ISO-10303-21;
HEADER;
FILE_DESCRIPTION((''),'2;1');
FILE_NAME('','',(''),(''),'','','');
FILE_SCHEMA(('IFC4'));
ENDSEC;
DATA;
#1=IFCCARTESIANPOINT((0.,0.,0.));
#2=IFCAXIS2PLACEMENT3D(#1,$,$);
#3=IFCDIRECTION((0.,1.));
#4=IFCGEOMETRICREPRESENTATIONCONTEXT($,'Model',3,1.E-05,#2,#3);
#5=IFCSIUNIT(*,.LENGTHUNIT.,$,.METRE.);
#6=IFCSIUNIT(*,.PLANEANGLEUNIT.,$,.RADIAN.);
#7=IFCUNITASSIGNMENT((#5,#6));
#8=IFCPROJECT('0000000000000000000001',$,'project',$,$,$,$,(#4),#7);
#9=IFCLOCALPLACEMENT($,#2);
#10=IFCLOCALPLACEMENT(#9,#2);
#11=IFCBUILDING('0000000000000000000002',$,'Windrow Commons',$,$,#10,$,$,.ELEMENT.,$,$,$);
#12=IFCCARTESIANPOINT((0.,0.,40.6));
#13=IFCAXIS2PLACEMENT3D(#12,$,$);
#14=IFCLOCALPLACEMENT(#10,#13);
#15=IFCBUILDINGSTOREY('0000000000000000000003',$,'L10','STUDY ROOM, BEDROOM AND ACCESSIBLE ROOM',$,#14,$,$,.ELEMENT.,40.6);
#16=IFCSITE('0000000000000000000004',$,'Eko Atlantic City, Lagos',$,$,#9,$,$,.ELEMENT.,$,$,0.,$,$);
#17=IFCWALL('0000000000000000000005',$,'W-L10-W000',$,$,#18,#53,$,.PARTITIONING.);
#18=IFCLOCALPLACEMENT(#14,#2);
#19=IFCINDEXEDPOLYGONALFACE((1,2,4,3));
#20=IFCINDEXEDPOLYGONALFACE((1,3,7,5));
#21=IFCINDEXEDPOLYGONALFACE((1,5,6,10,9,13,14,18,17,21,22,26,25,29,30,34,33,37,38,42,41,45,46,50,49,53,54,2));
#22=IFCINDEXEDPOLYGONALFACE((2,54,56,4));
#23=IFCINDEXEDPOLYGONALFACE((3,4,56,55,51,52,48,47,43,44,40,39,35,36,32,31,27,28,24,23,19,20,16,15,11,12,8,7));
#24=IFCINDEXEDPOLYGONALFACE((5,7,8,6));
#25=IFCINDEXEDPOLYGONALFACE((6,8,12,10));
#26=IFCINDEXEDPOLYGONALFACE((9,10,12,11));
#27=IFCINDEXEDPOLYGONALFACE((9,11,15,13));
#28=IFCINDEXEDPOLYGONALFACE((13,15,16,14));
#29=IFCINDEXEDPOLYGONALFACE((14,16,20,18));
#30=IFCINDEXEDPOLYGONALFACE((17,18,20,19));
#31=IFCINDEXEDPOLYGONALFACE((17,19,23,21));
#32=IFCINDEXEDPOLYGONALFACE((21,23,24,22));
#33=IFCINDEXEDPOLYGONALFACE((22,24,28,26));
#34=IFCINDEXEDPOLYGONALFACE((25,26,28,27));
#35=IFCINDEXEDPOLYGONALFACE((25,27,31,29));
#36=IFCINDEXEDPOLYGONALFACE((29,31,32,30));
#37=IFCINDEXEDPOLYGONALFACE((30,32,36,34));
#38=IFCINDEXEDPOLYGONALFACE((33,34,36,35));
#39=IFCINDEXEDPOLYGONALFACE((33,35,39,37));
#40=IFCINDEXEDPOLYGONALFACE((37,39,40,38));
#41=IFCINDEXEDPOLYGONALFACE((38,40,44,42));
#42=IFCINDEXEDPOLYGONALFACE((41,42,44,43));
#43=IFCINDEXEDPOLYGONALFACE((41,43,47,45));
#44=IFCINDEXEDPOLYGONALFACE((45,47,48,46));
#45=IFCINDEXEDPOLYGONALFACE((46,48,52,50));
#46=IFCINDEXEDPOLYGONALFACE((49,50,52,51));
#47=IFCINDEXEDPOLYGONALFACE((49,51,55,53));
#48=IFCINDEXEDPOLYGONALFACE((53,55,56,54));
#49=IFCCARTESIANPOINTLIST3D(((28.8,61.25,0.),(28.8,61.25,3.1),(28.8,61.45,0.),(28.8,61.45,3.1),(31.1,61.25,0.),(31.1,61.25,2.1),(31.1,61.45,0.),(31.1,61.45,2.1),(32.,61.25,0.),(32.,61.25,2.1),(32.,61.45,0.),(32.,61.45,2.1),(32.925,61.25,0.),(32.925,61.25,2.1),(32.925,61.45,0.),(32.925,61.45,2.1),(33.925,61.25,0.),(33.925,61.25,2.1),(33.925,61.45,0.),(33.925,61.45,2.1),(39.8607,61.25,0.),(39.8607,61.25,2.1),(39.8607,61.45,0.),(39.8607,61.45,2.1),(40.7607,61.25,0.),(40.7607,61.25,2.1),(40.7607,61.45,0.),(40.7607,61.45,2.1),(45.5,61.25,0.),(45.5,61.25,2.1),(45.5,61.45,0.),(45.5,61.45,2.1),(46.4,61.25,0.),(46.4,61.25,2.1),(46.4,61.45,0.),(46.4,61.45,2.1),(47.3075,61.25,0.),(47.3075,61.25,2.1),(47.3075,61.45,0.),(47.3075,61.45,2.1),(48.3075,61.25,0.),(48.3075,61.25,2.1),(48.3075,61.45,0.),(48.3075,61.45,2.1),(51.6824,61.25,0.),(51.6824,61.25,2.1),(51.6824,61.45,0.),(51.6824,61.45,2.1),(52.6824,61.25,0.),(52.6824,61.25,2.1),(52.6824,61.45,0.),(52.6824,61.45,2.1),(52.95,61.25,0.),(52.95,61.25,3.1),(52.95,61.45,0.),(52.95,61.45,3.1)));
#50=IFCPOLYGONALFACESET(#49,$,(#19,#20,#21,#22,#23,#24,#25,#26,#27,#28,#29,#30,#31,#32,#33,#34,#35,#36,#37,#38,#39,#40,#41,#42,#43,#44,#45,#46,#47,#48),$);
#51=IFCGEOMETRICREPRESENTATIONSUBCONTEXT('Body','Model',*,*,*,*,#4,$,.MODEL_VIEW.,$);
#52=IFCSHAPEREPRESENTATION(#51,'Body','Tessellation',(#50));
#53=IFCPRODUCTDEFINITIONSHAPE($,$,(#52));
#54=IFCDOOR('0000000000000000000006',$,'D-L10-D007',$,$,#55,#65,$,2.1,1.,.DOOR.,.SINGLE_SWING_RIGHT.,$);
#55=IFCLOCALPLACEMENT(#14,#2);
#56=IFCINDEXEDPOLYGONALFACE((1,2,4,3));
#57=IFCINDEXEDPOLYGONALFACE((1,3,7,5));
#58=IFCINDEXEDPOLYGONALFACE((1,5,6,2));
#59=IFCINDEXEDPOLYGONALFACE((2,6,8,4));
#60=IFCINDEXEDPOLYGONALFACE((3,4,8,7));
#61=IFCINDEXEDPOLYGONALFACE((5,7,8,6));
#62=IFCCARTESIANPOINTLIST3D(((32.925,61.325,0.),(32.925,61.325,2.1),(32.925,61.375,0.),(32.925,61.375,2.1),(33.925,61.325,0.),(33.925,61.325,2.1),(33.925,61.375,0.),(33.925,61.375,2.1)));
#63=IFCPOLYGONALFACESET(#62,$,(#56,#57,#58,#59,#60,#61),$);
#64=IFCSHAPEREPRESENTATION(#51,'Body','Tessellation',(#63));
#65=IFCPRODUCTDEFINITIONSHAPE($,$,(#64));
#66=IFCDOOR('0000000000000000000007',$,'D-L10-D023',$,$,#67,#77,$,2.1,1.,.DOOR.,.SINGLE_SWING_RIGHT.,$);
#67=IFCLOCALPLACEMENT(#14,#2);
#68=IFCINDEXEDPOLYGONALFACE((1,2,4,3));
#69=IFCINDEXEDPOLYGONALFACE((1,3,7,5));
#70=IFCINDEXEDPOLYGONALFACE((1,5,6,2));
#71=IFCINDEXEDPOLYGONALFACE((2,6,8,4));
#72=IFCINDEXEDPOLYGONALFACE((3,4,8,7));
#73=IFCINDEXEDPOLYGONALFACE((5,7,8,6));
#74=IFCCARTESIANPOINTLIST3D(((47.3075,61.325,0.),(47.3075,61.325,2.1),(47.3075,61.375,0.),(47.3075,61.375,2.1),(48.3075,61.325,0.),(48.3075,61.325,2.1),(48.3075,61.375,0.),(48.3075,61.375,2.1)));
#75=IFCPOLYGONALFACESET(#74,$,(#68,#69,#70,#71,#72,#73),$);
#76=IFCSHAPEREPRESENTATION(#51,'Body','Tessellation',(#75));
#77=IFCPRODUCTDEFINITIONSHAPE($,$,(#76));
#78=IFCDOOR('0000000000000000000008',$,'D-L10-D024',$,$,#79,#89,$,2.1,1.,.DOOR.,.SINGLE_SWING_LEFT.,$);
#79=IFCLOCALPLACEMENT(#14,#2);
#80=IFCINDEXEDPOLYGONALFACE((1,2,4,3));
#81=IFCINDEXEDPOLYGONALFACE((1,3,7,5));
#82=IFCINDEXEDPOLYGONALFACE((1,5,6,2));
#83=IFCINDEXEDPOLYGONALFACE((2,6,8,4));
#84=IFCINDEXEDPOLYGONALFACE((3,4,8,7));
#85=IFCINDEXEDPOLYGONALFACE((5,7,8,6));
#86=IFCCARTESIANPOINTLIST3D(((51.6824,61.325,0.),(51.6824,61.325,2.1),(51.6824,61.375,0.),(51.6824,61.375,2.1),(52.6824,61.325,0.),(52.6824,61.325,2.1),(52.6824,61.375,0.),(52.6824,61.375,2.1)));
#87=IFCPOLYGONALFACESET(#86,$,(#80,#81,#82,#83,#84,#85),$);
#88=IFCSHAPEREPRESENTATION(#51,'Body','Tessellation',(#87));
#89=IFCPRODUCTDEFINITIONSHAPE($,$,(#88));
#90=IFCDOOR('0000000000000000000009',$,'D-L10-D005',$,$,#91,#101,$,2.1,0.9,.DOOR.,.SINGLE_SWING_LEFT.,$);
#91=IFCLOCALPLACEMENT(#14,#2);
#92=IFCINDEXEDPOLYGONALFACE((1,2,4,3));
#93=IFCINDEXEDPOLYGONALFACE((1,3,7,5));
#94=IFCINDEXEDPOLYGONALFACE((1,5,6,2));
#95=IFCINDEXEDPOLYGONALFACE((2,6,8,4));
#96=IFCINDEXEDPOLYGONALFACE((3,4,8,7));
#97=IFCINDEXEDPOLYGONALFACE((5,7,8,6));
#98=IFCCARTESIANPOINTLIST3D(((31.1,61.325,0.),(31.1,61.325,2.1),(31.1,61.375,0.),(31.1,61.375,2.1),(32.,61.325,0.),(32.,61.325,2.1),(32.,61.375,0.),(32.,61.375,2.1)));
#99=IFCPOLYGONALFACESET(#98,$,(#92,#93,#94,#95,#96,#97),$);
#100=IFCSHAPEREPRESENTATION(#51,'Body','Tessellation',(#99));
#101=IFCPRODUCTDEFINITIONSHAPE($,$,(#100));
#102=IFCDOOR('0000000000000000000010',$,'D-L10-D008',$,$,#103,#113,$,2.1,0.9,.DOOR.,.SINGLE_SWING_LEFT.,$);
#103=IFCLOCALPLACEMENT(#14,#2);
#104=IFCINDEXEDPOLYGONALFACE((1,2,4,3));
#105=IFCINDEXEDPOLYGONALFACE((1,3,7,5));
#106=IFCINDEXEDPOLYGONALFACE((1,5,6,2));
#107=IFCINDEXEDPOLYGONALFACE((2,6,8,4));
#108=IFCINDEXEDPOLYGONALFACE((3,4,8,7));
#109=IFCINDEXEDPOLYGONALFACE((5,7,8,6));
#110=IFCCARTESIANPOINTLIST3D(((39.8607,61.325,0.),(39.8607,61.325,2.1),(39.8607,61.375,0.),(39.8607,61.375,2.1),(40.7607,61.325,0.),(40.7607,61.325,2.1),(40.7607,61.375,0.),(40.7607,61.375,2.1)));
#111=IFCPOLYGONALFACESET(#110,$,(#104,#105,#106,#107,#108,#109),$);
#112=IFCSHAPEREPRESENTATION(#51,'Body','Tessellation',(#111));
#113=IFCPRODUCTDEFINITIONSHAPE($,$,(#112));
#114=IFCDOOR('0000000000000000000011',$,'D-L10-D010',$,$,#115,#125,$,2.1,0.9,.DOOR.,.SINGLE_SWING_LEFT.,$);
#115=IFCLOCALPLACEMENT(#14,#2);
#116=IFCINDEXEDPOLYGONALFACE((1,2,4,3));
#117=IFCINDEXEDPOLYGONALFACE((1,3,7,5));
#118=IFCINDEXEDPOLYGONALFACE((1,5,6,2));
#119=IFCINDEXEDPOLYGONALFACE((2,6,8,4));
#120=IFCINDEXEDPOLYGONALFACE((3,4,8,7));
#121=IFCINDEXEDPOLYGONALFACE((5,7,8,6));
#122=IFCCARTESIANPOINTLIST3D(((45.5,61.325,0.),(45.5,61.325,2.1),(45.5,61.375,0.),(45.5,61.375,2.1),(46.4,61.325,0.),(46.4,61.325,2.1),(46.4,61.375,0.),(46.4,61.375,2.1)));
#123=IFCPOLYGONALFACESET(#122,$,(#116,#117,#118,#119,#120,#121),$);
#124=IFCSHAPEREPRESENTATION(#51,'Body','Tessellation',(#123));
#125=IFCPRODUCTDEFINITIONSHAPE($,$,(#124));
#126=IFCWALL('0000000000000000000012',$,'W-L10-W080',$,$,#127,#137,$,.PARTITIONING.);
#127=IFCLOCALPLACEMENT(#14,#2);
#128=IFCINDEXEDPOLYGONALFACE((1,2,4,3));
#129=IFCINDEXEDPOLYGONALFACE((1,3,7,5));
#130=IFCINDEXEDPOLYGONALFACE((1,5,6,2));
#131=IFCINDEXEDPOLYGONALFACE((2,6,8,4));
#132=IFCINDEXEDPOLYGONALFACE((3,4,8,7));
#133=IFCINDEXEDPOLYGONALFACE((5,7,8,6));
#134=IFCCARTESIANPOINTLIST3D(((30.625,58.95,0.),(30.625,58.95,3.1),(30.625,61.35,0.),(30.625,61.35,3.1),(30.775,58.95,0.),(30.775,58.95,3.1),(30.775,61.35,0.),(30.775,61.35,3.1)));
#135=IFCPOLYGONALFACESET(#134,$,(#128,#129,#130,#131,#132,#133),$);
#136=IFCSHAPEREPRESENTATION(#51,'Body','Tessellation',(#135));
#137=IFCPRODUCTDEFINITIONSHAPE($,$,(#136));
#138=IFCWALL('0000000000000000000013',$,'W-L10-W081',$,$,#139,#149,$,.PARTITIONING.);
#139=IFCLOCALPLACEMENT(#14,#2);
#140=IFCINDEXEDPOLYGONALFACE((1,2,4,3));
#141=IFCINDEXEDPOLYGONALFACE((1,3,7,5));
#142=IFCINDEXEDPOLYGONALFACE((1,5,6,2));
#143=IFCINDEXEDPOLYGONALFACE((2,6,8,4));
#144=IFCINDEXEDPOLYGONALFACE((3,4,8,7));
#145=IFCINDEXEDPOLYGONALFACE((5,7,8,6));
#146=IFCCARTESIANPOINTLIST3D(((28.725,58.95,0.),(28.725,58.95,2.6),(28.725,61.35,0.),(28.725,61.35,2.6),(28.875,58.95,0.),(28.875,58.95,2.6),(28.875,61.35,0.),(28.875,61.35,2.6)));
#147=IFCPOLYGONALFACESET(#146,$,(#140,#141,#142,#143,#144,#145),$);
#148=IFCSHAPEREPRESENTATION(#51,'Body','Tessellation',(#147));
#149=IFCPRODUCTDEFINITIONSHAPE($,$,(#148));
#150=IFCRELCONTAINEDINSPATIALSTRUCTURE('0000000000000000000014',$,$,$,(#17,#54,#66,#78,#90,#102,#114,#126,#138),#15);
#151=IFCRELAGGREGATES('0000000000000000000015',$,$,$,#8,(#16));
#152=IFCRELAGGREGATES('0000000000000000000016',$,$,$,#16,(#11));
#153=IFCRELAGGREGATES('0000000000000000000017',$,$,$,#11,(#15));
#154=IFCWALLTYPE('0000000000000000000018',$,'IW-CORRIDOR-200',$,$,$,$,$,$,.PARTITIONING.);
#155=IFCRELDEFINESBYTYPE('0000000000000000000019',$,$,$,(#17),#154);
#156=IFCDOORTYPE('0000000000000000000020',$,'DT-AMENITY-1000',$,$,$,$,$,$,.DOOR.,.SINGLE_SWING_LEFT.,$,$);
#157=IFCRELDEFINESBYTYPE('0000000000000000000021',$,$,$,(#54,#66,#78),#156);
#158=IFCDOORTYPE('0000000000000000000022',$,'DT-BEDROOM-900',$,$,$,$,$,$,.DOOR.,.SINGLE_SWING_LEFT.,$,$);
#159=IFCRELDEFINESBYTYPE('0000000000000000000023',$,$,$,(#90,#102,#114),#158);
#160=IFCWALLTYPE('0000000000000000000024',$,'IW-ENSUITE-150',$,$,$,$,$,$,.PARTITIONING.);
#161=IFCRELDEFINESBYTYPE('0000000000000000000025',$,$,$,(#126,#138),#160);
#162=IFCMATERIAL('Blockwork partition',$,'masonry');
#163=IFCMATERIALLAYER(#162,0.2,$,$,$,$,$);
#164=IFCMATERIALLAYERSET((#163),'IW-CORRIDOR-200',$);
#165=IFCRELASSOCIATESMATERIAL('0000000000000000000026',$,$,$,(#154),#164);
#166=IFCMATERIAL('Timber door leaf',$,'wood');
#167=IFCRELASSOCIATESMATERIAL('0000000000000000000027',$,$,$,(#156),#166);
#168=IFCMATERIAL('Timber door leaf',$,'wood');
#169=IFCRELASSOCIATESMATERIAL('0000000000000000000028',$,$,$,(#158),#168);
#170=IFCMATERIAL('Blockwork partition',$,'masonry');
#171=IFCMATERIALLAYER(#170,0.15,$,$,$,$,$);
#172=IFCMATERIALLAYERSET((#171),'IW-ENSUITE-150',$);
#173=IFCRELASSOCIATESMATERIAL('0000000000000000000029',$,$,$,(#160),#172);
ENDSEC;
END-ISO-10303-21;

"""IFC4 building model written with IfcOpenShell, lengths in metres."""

from ifc_helpers import new_model, si_unit, direction, frame, frame_2d, origin, place, context, subcontext, project, spatial, rectangle, extrude, material, layer, layer_set, type_object, element, fill, save


model = new_model("IFC4")

# Units and contexts
model_context = context("Model", 3, precision=1e-05, world=origin(), true_north=direction((0.0, 1.0)))
body_context = subcontext(model_context, "Body", "Model", "MODEL_VIEW")
ifc_project = project(units=[si_unit("LENGTHUNIT", "METRE"), si_unit("PLANEANGLEUNIT", "RADIAN")], contexts=[model_context])

# Site, building, storey
site_placement = place(None, origin())
site = spatial("IfcSite", under=ifc_project, at=site_placement, Name="Eko Atlantic City, Lagos", CompositionType="ELEMENT", RefElevation=0.0)
building_placement = place(site_placement, origin())
building = spatial("IfcBuilding", under=site, at=building_placement, Name="Windrow Commons", CompositionType="ELEMENT")
storey_placement = place(building_placement, frame((0.0, 0.0, 40.6)))
storey = spatial("IfcBuildingStorey", under=building, at=storey_placement, Name="L10", Description="STUDY ROOM, BEDROOM AND ACCESSIBLE ROOM", CompositionType="ELEMENT", Elevation=40.6)

# Wall, openings, doors
ifc_material_1 = material(Name="Blockwork partition", Category="masonry")
ifc_layer_1 = layer(ifc_material_1, 0.2)
ifc_layer_set_1 = layer_set([ifc_layer_1], Name="IW-CORRIDOR-200")
wall_type_1 = type_object("IfcWallType", Name="IW-CORRIDOR-200", PredefinedType="PARTITIONING", material=ifc_layer_set_1)
wall_1_placement = place(storey_placement, frame((28.8, 61.35, 0.0), z_axis=(0.0, 0.0, 1.0), x_axis=(1.0, 0.0, 0.0)))
wall_1 = element("IfcWall", 1, at=wall_1_placement, inside=storey, type_object=wall_type_1, Name="W-L10-W000", PredefinedType="PARTITIONING", context=body_context, shape_type="SweptSolid", body=[
    extrude(rectangle(XDim=24.15, YDim=0.2, at=frame_2d((12.075, 0.0))), origin(), (0.0, 0.0, 1.0), 3.1),
])
opening_1_placement = place(wall_1_placement, frame((2.3, 0.0, 0.0)))
opening_1 = element("IfcOpeningElement", 2, at=opening_1_placement, cuts=wall_1, PredefinedType="OPENING", context=body_context, shape_type="SweptSolid", body=[
    extrude(rectangle(XDim=0.9, YDim=2.1, at=frame_2d((0.45, 1.05))), frame((0.0, 0.11, 0.0), z_axis=(0.0, -1.0, 0.0), x_axis=(1.0, 0.0, 0.0)), (0.0, 0.0, 1.0), 0.22),
])
opening_2_placement = place(wall_1_placement, frame((4.125, 0.0, 0.0)))
opening_2 = element("IfcOpeningElement", 3, at=opening_2_placement, cuts=wall_1, PredefinedType="OPENING", context=body_context, shape_type="SweptSolid", body=[
    extrude(rectangle(XDim=1.0, YDim=2.1, at=frame_2d((0.5, 1.05))), frame((0.0, 0.11, 0.0), z_axis=(0.0, -1.0, 0.0), x_axis=(1.0, 0.0, 0.0)), (0.0, 0.0, 1.0), 0.22),
])
opening_3_placement = place(wall_1_placement, frame((11.0607, 0.0, 0.0)))
opening_3 = element("IfcOpeningElement", 4, at=opening_3_placement, cuts=wall_1, PredefinedType="OPENING", context=body_context, shape_type="SweptSolid", body=[
    extrude(rectangle(XDim=0.9, YDim=2.1, at=frame_2d((0.45, 1.05))), frame((0.0, 0.11, 0.0), z_axis=(0.0, -1.0, 0.0), x_axis=(1.0, 0.0, 0.0)), (0.0, 0.0, 1.0), 0.22),
])
opening_4_placement = place(wall_1_placement, frame((16.7, 0.0, 0.0)))
opening_4 = element("IfcOpeningElement", 5, at=opening_4_placement, cuts=wall_1, PredefinedType="OPENING", context=body_context, shape_type="SweptSolid", body=[
    extrude(rectangle(XDim=0.9, YDim=2.1, at=frame_2d((0.45, 1.05))), frame((0.0, 0.11, 0.0), z_axis=(0.0, -1.0, 0.0), x_axis=(1.0, 0.0, 0.0)), (0.0, 0.0, 1.0), 0.22),
])
opening_5_placement = place(wall_1_placement, frame((18.5075, 0.0, 0.0)))
opening_5 = element("IfcOpeningElement", 6, at=opening_5_placement, cuts=wall_1, PredefinedType="OPENING", context=body_context, shape_type="SweptSolid", body=[
    extrude(rectangle(XDim=1.0, YDim=2.1, at=frame_2d((0.5, 1.05))), frame((0.0, 0.11, 0.0), z_axis=(0.0, -1.0, 0.0), x_axis=(1.0, 0.0, 0.0)), (0.0, 0.0, 1.0), 0.22),
])
opening_6_placement = place(wall_1_placement, frame((22.8824, 0.0, 0.0)))
opening_6 = element("IfcOpeningElement", 7, at=opening_6_placement, cuts=wall_1, PredefinedType="OPENING", context=body_context, shape_type="SweptSolid", body=[
    extrude(rectangle(XDim=1.0, YDim=2.1, at=frame_2d((0.5, 1.05))), frame((0.0, 0.11, 0.0), z_axis=(0.0, -1.0, 0.0), x_axis=(1.0, 0.0, 0.0)), (0.0, 0.0, 1.0), 0.22),
])
ifc_material_2 = material(Name="Timber door leaf", Category="wood")
door_type_1 = type_object("IfcDoorType", Name="DT-AMENITY-1000", OperationType="SINGLE_SWING_LEFT", PredefinedType="DOOR", material=ifc_material_2)
door_1_placement = place(opening_2_placement, origin())
door_1 = element("IfcDoor", 8, at=door_1_placement, inside=storey, type_object=door_type_1, Name="D-L10-D007", OperationType="SINGLE_SWING_RIGHT", OverallHeight=2.1, OverallWidth=1.0, PredefinedType="DOOR", context=body_context, shape_type="SweptSolid", body=[
    extrude(rectangle(XDim=1.0, YDim=2.1, at=frame_2d((0.5, 1.05))), frame((0.0, 0.025, 0.0), z_axis=(0.0, -1.0, 0.0), x_axis=(1.0, 0.0, 0.0)), (0.0, 0.0, 1.0), 0.05),
])
fill(opening_2, door_1)
door_2_placement = place(opening_5_placement, origin())
door_2 = element("IfcDoor", 9, at=door_2_placement, inside=storey, type_object=door_type_1, Name="D-L10-D023", OperationType="SINGLE_SWING_RIGHT", OverallHeight=2.1, OverallWidth=1.0, PredefinedType="DOOR", context=body_context, shape_type="SweptSolid", body=[
    extrude(rectangle(XDim=1.0, YDim=2.1, at=frame_2d((0.5, 1.05))), frame((0.0, 0.025, 0.0), z_axis=(0.0, -1.0, 0.0), x_axis=(1.0, 0.0, 0.0)), (0.0, 0.0, 1.0), 0.05),
])
fill(opening_5, door_2)
door_3_placement = place(opening_6_placement, origin())
door_3 = element("IfcDoor", 10, at=door_3_placement, inside=storey, type_object=door_type_1, Name="D-L10-D024", OperationType="SINGLE_SWING_LEFT", OverallHeight=2.1, OverallWidth=1.0, PredefinedType="DOOR", context=body_context, shape_type="SweptSolid", body=[
    extrude(rectangle(XDim=1.0, YDim=2.1, at=frame_2d((0.5, 1.05))), frame((0.0, 0.025, 0.0), z_axis=(0.0, -1.0, 0.0), x_axis=(1.0, 0.0, 0.0)), (0.0, 0.0, 1.0), 0.05),
])
fill(opening_6, door_3)
ifc_material_3 = material(Name="Timber door leaf", Category="wood")
door_type_2 = type_object("IfcDoorType", Name="DT-BEDROOM-900", OperationType="SINGLE_SWING_LEFT", PredefinedType="DOOR", material=ifc_material_3)
door_4_placement = place(opening_1_placement, origin())
door_4 = element("IfcDoor", 11, at=door_4_placement, inside=storey, type_object=door_type_2, Name="D-L10-D005", OperationType="SINGLE_SWING_LEFT", OverallHeight=2.1, OverallWidth=0.9, PredefinedType="DOOR", context=body_context, shape_type="SweptSolid", body=[
    extrude(rectangle(XDim=0.9, YDim=2.1, at=frame_2d((0.45, 1.05))), frame((0.0, 0.025, 0.0), z_axis=(0.0, -1.0, 0.0), x_axis=(1.0, 0.0, 0.0)), (0.0, 0.0, 1.0), 0.05),
])
fill(opening_1, door_4)
door_5_placement = place(opening_3_placement, origin())
door_5 = element("IfcDoor", 12, at=door_5_placement, inside=storey, type_object=door_type_2, Name="D-L10-D008", OperationType="SINGLE_SWING_LEFT", OverallHeight=2.1, OverallWidth=0.9, PredefinedType="DOOR", context=body_context, shape_type="SweptSolid", body=[
    extrude(rectangle(XDim=0.9, YDim=2.1, at=frame_2d((0.45, 1.05))), frame((0.0, 0.025, 0.0), z_axis=(0.0, -1.0, 0.0), x_axis=(1.0, 0.0, 0.0)), (0.0, 0.0, 1.0), 0.05),
])
fill(opening_3, door_5)
door_6_placement = place(opening_4_placement, origin())
door_6 = element("IfcDoor", 13, at=door_6_placement, inside=storey, type_object=door_type_2, Name="D-L10-D010", OperationType="SINGLE_SWING_LEFT", OverallHeight=2.1, OverallWidth=0.9, PredefinedType="DOOR", context=body_context, shape_type="SweptSolid", body=[
    extrude(rectangle(XDim=0.9, YDim=2.1, at=frame_2d((0.45, 1.05))), frame((0.0, 0.025, 0.0), z_axis=(0.0, -1.0, 0.0), x_axis=(1.0, 0.0, 0.0)), (0.0, 0.0, 1.0), 0.05),
])
fill(opening_4, door_6)

# Walls
ifc_material_4 = material(Name="Blockwork partition", Category="masonry")
ifc_layer_2 = layer(ifc_material_4, 0.15)
ifc_layer_set_2 = layer_set([ifc_layer_2], Name="IW-ENSUITE-150")
wall_type_2 = type_object("IfcWallType", Name="IW-ENSUITE-150", PredefinedType="PARTITIONING", material=ifc_layer_set_2)
wall_2_placement = place(storey_placement, frame((30.7, 58.95, 0.0), z_axis=(0.0, 0.0, 1.0), x_axis=(0.0, 1.0, 0.0)))
element("IfcWall", 14, at=wall_2_placement, inside=storey, type_object=wall_type_2, Name="W-L10-W080", PredefinedType="PARTITIONING", context=body_context, shape_type="SweptSolid", body=[
    extrude(rectangle(XDim=2.4, YDim=0.15, at=frame_2d((1.2, 0.0))), origin(), (0.0, 0.0, 1.0), 3.1),
])
wall_3_placement = place(storey_placement, frame((28.8, 58.95, 0.0), z_axis=(0.0, 0.0, 1.0), x_axis=(0.0, 1.0, 0.0)))
element("IfcWall", 15, at=wall_3_placement, inside=storey, type_object=wall_type_2, Name="W-L10-W081", PredefinedType="PARTITIONING", context=body_context, shape_type="SweptSolid", body=[
    extrude(rectangle(XDim=2.4, YDim=0.15, at=frame_2d((1.2, 0.0))), origin(), (0.0, 0.0, 1.0), 2.6),
])

save(model, "model.ifc")
